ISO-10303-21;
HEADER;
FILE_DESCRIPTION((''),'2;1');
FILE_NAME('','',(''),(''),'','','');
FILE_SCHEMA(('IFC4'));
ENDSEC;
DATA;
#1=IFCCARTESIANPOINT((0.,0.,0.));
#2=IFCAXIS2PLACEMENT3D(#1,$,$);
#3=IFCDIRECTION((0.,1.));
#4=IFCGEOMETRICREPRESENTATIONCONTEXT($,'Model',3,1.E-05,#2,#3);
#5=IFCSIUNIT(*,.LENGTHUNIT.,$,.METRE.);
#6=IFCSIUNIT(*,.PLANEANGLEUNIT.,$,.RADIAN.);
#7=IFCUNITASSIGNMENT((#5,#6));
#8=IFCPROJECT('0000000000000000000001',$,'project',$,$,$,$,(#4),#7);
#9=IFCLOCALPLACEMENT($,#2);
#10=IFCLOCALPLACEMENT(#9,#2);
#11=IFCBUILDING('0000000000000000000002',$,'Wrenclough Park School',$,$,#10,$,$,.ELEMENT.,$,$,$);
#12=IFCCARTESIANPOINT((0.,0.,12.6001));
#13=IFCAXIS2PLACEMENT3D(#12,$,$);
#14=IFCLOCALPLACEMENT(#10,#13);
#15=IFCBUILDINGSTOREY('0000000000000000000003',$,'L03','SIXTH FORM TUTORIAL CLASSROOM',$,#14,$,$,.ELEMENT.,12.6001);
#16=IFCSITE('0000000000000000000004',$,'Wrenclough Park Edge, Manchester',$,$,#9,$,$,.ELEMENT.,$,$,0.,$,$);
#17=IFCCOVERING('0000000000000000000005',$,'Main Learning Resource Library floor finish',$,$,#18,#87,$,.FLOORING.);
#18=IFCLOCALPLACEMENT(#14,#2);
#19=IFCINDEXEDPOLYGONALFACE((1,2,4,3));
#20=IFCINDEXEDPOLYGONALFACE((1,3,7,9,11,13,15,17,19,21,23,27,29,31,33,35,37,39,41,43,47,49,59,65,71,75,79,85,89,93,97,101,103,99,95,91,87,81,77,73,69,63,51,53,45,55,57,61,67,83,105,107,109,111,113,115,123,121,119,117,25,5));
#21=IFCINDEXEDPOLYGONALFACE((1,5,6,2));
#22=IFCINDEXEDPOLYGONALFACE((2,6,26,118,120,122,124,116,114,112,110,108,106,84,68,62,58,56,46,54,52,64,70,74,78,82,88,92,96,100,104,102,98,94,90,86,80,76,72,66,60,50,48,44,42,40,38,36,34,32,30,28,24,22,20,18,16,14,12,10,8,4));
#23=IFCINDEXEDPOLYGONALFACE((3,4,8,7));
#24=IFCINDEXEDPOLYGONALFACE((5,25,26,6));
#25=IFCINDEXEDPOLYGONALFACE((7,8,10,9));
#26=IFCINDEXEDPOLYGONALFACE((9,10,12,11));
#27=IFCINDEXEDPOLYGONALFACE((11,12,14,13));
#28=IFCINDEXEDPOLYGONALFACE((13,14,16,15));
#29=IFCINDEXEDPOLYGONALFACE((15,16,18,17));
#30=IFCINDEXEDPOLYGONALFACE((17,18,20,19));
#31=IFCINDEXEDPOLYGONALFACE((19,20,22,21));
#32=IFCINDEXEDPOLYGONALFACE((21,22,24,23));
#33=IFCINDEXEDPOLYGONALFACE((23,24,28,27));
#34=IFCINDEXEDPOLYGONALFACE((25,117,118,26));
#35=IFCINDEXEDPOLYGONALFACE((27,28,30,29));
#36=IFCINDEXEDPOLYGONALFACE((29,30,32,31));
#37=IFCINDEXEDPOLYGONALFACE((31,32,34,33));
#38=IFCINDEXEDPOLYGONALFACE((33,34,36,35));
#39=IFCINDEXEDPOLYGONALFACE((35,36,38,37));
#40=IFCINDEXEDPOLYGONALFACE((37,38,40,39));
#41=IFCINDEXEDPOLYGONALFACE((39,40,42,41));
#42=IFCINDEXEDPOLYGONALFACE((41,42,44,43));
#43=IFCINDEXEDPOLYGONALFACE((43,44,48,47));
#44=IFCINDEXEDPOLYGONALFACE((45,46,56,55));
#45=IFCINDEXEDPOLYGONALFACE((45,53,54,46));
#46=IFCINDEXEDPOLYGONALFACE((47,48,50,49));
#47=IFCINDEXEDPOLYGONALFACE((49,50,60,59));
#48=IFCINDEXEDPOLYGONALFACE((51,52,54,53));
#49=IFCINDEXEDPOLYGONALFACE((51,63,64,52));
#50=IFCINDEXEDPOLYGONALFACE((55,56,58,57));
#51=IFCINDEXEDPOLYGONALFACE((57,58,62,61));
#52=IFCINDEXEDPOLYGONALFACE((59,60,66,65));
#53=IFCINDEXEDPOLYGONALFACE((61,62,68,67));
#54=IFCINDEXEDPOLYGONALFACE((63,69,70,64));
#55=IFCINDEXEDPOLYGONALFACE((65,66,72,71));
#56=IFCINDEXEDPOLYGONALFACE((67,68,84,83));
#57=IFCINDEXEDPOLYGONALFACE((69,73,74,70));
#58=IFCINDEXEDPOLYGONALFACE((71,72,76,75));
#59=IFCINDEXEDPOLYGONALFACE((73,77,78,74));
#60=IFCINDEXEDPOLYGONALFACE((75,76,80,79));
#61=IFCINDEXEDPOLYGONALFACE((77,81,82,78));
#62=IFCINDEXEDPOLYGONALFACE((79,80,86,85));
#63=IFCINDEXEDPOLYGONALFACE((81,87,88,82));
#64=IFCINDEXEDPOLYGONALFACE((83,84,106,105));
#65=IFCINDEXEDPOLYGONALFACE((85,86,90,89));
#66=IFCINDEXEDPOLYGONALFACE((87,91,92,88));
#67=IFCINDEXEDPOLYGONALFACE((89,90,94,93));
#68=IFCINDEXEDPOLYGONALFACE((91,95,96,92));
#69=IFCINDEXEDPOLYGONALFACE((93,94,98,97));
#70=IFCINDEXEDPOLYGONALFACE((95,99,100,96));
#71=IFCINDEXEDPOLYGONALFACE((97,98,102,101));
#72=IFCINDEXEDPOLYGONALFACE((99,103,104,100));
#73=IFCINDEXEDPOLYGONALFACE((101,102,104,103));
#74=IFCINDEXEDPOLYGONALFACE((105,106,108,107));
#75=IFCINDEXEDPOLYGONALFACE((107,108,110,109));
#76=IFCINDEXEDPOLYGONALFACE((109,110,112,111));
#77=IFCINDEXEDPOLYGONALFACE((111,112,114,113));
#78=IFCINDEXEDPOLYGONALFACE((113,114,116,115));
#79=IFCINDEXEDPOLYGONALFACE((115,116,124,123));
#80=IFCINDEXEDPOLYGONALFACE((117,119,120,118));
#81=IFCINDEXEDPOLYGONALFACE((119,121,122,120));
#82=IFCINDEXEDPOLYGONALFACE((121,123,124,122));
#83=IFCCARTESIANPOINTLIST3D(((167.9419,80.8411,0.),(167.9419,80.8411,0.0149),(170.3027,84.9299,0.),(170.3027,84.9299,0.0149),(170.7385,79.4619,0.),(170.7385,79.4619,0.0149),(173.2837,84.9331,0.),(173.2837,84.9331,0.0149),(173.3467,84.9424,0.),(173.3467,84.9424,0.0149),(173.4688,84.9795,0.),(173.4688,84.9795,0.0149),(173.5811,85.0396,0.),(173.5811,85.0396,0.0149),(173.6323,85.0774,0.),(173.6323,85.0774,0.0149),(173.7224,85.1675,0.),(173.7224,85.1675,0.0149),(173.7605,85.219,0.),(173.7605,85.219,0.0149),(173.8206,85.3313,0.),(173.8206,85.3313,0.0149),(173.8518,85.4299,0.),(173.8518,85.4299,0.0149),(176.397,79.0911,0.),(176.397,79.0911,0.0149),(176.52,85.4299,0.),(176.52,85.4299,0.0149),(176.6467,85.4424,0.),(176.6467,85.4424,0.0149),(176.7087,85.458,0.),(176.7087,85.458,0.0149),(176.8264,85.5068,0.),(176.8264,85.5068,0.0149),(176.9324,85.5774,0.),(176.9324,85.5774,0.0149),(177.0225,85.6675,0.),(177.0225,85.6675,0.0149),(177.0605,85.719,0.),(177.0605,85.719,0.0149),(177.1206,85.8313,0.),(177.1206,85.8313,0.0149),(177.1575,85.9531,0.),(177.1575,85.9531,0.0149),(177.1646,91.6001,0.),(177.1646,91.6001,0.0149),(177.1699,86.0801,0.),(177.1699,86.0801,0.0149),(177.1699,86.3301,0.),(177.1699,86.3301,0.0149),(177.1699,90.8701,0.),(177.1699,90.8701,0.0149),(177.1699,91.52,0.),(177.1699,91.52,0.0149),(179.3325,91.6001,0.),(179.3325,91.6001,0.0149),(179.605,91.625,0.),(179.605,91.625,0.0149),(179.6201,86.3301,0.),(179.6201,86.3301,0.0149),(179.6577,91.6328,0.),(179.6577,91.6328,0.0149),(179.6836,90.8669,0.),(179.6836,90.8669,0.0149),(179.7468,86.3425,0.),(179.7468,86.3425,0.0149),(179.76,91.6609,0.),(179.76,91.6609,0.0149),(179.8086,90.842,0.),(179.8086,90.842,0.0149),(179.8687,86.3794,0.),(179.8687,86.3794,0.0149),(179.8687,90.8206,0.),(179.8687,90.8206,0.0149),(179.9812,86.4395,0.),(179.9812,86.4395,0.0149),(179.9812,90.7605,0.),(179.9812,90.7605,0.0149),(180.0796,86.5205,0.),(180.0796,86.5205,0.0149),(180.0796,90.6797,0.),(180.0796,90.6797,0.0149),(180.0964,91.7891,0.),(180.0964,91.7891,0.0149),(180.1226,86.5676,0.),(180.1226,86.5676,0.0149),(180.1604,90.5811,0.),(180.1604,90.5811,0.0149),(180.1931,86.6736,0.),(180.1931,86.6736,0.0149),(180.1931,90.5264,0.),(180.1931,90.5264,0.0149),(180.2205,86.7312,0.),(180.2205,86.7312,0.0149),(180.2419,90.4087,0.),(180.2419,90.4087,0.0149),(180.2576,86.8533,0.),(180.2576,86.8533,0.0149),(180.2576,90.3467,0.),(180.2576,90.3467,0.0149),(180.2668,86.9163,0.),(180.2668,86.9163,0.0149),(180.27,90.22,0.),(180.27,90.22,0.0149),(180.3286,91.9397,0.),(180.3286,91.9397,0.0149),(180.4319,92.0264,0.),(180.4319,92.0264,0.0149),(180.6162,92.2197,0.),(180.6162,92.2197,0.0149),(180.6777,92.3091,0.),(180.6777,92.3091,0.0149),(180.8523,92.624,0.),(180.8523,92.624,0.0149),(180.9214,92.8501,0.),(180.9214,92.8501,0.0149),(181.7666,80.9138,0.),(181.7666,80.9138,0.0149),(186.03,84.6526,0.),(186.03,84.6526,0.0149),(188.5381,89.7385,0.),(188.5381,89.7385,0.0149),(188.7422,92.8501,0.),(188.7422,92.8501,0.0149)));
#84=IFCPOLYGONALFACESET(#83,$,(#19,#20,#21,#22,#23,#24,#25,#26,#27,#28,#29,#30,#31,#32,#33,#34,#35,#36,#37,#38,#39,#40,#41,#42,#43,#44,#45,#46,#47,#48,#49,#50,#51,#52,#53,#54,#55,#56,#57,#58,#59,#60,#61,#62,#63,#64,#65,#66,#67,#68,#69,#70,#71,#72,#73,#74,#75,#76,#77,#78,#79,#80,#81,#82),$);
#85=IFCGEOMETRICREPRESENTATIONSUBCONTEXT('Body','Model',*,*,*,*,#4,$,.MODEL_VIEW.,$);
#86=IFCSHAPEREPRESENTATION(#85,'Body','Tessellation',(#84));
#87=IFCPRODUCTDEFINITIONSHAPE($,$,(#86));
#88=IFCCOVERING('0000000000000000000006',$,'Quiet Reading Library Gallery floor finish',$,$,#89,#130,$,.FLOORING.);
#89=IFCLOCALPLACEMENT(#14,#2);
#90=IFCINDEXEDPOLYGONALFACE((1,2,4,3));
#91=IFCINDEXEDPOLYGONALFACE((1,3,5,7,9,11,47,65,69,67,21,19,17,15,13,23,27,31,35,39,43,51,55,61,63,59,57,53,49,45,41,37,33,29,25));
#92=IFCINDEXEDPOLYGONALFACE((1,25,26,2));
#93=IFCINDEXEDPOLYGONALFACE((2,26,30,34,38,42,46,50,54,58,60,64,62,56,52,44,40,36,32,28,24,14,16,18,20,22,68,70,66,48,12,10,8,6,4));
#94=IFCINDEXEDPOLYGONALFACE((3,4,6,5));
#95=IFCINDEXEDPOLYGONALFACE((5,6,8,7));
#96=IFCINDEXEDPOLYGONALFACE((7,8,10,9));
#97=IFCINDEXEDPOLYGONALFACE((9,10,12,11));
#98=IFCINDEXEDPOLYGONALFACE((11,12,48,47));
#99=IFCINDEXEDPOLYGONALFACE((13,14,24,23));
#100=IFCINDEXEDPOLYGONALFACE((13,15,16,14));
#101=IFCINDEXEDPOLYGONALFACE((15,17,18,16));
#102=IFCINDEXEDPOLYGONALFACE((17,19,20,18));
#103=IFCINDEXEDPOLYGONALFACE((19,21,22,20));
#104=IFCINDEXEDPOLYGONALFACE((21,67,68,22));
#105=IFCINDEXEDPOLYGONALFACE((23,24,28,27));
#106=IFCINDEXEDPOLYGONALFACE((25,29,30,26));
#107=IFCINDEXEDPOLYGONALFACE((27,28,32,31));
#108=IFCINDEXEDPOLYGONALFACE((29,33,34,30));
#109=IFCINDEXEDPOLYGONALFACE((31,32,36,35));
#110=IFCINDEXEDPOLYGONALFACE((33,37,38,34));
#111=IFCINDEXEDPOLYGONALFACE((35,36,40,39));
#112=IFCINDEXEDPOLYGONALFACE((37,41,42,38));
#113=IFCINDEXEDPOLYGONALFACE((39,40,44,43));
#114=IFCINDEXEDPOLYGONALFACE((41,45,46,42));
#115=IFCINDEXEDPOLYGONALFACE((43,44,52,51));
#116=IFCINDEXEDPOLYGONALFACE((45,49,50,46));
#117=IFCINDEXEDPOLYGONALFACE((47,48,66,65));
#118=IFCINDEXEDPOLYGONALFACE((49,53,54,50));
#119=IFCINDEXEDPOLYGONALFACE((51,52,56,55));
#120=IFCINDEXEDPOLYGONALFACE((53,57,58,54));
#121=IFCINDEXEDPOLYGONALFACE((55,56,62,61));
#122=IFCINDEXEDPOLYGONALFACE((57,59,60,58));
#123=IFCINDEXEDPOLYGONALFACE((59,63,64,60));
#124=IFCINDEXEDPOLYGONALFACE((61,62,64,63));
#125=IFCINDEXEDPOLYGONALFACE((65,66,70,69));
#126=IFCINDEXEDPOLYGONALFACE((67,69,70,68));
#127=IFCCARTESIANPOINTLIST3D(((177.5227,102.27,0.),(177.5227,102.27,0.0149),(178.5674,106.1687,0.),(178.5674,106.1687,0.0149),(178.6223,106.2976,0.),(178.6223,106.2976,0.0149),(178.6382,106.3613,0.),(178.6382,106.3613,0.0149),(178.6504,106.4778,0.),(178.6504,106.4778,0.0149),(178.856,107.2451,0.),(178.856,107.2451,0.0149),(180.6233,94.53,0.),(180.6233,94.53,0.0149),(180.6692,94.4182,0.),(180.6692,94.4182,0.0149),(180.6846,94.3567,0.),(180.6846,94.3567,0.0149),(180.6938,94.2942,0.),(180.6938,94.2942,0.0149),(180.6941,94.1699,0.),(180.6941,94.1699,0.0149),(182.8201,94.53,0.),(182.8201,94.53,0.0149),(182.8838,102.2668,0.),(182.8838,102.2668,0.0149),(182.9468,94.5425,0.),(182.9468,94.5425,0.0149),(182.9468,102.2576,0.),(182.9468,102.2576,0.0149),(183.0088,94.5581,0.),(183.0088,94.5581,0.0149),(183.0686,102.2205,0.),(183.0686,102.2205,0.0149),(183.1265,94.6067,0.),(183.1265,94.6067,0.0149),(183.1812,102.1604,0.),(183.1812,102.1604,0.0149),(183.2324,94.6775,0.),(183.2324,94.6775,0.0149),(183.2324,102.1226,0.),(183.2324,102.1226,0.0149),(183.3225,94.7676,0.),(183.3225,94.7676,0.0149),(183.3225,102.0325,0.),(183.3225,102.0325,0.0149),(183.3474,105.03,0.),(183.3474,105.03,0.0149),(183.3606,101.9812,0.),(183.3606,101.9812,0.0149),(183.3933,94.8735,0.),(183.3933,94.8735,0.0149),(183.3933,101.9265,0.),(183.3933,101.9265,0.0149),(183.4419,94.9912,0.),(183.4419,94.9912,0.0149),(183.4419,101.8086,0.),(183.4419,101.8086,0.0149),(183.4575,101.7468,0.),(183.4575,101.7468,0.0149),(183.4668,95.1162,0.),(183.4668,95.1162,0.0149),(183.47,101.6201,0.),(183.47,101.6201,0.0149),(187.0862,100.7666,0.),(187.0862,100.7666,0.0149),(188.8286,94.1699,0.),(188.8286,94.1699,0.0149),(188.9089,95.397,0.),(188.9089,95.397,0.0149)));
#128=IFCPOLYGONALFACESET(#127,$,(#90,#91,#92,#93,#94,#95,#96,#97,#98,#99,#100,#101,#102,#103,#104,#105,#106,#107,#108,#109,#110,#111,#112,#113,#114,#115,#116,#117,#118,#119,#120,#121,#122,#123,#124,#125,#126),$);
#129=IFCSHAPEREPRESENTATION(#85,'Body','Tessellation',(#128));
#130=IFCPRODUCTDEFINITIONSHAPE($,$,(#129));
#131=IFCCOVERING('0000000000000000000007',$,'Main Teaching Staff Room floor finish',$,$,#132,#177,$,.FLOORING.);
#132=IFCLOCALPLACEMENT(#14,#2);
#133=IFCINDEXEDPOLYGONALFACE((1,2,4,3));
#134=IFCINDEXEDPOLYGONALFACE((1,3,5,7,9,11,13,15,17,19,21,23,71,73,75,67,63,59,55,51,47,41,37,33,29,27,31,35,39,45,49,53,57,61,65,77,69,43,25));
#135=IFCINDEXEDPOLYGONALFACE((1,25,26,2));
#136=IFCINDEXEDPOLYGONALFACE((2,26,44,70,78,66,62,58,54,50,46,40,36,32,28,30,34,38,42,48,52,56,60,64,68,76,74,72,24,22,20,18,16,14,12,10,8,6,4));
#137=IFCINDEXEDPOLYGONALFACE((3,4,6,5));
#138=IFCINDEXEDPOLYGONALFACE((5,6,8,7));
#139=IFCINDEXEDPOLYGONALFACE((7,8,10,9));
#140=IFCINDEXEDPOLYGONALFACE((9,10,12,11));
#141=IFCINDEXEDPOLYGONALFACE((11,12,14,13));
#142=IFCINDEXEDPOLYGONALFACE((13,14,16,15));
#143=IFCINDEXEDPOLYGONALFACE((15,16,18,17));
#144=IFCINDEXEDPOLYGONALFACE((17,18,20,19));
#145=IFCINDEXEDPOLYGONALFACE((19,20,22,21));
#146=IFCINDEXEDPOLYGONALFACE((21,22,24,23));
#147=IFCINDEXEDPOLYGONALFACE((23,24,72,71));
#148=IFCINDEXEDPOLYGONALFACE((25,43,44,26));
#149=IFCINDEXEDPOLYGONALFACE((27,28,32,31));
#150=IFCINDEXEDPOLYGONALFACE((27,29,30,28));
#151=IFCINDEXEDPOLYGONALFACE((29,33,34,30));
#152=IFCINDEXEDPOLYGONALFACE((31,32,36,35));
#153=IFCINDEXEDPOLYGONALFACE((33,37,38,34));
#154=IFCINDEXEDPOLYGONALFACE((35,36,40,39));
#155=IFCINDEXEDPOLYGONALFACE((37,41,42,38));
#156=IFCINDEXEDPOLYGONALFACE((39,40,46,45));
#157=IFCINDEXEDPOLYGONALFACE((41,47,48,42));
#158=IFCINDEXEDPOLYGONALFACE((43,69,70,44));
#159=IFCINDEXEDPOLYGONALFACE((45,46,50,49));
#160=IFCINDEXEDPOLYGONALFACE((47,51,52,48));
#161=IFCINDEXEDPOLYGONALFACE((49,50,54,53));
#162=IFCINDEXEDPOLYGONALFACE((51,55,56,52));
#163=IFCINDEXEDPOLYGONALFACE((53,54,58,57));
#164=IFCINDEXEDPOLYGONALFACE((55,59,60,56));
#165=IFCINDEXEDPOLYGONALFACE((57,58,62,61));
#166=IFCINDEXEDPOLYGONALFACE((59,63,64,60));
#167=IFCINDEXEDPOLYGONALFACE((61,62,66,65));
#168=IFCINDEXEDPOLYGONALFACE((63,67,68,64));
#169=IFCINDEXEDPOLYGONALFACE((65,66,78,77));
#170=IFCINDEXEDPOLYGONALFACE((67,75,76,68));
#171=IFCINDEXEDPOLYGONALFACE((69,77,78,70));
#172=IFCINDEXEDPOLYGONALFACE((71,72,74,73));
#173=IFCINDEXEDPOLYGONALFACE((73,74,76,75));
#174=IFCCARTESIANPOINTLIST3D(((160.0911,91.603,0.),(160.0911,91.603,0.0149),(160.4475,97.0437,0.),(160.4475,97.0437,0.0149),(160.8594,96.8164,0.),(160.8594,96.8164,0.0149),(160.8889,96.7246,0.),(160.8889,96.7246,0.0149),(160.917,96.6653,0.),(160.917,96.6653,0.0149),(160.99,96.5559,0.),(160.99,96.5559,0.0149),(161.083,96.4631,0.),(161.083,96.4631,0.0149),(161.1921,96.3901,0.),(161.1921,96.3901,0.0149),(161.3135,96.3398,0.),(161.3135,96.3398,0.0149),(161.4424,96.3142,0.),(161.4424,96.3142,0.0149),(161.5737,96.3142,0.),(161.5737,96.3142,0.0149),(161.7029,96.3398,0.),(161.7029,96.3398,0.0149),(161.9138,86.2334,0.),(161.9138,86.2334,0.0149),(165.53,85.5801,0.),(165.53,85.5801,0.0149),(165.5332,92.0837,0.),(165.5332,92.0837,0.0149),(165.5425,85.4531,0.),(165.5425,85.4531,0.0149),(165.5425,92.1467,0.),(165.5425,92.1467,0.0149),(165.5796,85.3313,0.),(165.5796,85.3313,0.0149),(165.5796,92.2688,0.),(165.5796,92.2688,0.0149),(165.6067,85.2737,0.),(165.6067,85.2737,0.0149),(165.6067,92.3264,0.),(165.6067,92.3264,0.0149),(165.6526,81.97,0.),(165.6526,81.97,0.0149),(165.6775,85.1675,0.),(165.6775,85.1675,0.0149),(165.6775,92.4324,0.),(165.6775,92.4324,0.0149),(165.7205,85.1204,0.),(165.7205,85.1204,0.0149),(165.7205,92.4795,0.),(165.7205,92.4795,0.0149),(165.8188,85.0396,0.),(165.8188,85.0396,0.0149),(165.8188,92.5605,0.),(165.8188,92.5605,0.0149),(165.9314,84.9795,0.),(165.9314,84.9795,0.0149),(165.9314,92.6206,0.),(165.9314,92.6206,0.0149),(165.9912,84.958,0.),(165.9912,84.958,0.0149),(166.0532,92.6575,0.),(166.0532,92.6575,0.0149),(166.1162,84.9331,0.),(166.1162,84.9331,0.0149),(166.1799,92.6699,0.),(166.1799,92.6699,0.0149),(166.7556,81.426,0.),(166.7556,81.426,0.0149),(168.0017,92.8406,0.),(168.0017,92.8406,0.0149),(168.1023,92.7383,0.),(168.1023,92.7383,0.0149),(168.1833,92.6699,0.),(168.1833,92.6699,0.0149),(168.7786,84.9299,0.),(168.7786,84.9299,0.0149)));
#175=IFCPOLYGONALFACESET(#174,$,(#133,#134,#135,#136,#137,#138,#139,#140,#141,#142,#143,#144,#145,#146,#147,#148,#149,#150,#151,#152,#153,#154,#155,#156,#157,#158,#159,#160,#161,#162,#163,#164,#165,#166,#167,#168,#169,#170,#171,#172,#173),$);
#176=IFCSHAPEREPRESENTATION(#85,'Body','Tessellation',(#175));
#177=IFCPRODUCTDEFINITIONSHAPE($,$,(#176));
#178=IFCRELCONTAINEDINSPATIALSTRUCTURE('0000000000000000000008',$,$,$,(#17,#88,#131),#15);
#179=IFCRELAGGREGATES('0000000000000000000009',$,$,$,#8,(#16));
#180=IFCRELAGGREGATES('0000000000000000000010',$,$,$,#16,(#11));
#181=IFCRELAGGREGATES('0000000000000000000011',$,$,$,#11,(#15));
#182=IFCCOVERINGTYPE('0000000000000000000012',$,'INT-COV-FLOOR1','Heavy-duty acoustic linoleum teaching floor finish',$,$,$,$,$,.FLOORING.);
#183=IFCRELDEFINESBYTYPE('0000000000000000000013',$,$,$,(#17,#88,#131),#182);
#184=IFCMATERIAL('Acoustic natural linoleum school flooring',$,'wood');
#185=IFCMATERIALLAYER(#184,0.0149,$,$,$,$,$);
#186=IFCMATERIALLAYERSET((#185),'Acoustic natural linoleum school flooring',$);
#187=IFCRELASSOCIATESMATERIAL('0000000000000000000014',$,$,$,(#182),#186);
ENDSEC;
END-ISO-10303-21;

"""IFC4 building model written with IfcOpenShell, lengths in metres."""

from ifc_helpers import new_model, si_unit, direction, frame, origin, place, context, subcontext, project, spatial, polyline, outline, extrude, material, layer, layer_set, type_object, element, save


model = new_model("IFC4")

# Units and contexts
model_context = context("Model", 3, precision=1e-05, world=origin(), true_north=direction((0.0, 1.0)))
body_context = subcontext(model_context, "Body", "Model", "MODEL_VIEW")
ifc_project = project(units=[si_unit("LENGTHUNIT", "METRE"), si_unit("PLANEANGLEUNIT", "RADIAN")], contexts=[model_context])

# Site, building, storey
site_placement = place(None, origin())
site = spatial("IfcSite", under=ifc_project, at=site_placement, Name="Wrenclough Park Edge, Manchester", CompositionType="ELEMENT", RefElevation=0.0)
building_placement = place(site_placement, origin())
building = spatial("IfcBuilding", under=site, at=building_placement, Name="Wrenclough Park School", CompositionType="ELEMENT")
storey_placement = place(building_placement, frame((0.0, 0.0, 12.6001)))
storey = spatial("IfcBuildingStorey", under=building, at=storey_placement, Name="L03", Description="SIXTH FORM TUTORIAL CLASSROOM", CompositionType="ELEMENT", Elevation=12.6001)

# Coverings
ifc_material_1 = material(Name="Acoustic natural linoleum school flooring", Category="wood")
ifc_layer_1 = layer(ifc_material_1, 0.0149)
ifc_layer_set_1 = layer_set([ifc_layer_1], Name="Acoustic natural linoleum school flooring")
covering_type_1 = type_object("IfcCoveringType", Name="INT-COV-FLOOR1", Description="Heavy-duty acoustic linoleum teaching floor finish", PredefinedType="FLOORING", material=ifc_layer_set_1)
covering_1_placement = place(storey_placement, origin())
element("IfcCovering", 1, at=covering_1_placement, inside=storey, type_object=covering_type_1, Name="Main Learning Resource Library floor finish", PredefinedType="FLOORING", context=body_context, shape_type="SweptSolid", body=[
    extrude(outline(polyline([(176.52, 85.4299), (173.8518, 85.4299), (173.8206, 85.3313), (173.7605, 85.219), (173.7224, 85.1675), (173.6323, 85.0774), (173.5811, 85.0396), (173.4688, 84.9795), (173.3467, 84.9424), (173.2837, 84.9331), (170.3027, 84.9299), (167.9419, 80.8411), (170.7385, 79.4619), (176.397, 79.0911), (181.7666, 80.9138), (186.03, 84.6526), (188.5381, 89.7385), (188.7422, 92.8501), (180.9214, 92.8501), (180.8523, 92.624), (180.6777, 92.3091), (180.6162, 92.2197), (180.4319, 92.0264), (180.3286, 91.9397), (180.0964, 91.7891), (179.76, 91.6609), (179.6577, 91.6328), (179.605, 91.625), (179.3325, 91.6001), (177.1646, 91.6001), (177.1699, 91.52), (177.1699, 90.8701), (179.6836, 90.8669), (179.8086, 90.842), (179.8687, 90.8206), (179.9812, 90.7605), (180.0796, 90.6797), (180.1604, 90.5811), (180.1931, 90.5264), (180.2419, 90.4087), (180.2576, 90.3467), (180.27, 90.22), (180.2668, 86.9163), (180.2576, 86.8533), (180.2205, 86.7312), (180.1931, 86.6736), (180.1226, 86.5676), (180.0796, 86.5205), (179.9812, 86.4395), (179.8687, 86.3794), (179.7468, 86.3425), (179.6201, 86.3301), (177.1699, 86.3301), (177.1699, 86.0801), (177.1575, 85.9531), (177.1206, 85.8313), (177.0605, 85.719), (177.0225, 85.6675), (176.9324, 85.5774), (176.8264, 85.5068), (176.7087, 85.458), (176.6467, 85.4424), (176.52, 85.4299)])), origin(), (0.0, 0.0, 1.0), 0.0149),
])
covering_2_placement = place(storey_placement, origin())
element("IfcCovering", 2, at=covering_2_placement, inside=storey, type_object=covering_type_1, Name="Quiet Reading Library Gallery floor finish", PredefinedType="FLOORING", context=body_context, shape_type="SweptSolid", body=[
    extrude(outline(polyline([(182.8201, 94.53), (180.6233, 94.53), (180.6692, 94.4182), (180.6846, 94.3567), (180.6938, 94.2942), (180.6941, 94.1699), (188.8286, 94.1699), (188.9089, 95.397), (187.0862, 100.7666), (183.3474, 105.03), (178.856, 107.2451), (178.6504, 106.4778), (178.6382, 106.3613), (178.6223, 106.2976), (178.5674, 106.1687), (177.5227, 102.27), (182.8838, 102.2668), (182.9468, 102.2576), (183.0686, 102.2205), (183.1812, 102.1604), (183.2324, 102.1226), (183.3225, 102.0325), (183.3606, 101.9812), (183.3933, 101.9265), (183.4419, 101.8086), (183.4575, 101.7468), (183.47, 101.6201), (183.4668, 95.1162), (183.4419, 94.9912), (183.3933, 94.8735), (183.3225, 94.7676), (183.2324, 94.6775), (183.1265, 94.6067), (183.0088, 94.5581), (182.9468, 94.5425), (182.8201, 94.53)])), origin(), (0.0, 0.0, 1.0), 0.0149),
])
covering_3_placement = place(storey_placement, origin())
element("IfcCovering", 3, at=covering_3_placement, inside=storey, type_object=covering_type_1, Name="Main Teaching Staff Room floor finish", PredefinedType="FLOORING", context=body_context, shape_type="SweptSolid", body=[
    extrude(outline(polyline([(160.8594, 96.8164), (160.4475, 97.0437), (160.0911, 91.603), (161.9138, 86.2334), (165.6526, 81.97), (166.7556, 81.426), (168.7786, 84.9299), (166.1162, 84.9331), (165.9912, 84.958), (165.9314, 84.9795), (165.8188, 85.0396), (165.7205, 85.1204), (165.6775, 85.1675), (165.6067, 85.2737), (165.5796, 85.3313), (165.5425, 85.4531), (165.53, 85.5801), (165.5332, 92.0837), (165.5425, 92.1467), (165.5796, 92.2688), (165.6067, 92.3264), (165.6775, 92.4324), (165.7205, 92.4795), (165.8188, 92.5605), (165.9314, 92.6206), (166.0532, 92.6575), (166.1799, 92.6699), (168.1833, 92.6699), (168.1023, 92.7383), (168.0017, 92.8406), (161.7029, 96.3398), (161.5737, 96.3142), (161.4424, 96.3142), (161.3135, 96.3398), (161.1921, 96.3901), (161.083, 96.4631), (160.99, 96.5559), (160.917, 96.6653), (160.8889, 96.7246), (160.8594, 96.8164)])), origin(), (0.0, 0.0, 1.0), 0.0149),
])

save(model, "model.ifc")
